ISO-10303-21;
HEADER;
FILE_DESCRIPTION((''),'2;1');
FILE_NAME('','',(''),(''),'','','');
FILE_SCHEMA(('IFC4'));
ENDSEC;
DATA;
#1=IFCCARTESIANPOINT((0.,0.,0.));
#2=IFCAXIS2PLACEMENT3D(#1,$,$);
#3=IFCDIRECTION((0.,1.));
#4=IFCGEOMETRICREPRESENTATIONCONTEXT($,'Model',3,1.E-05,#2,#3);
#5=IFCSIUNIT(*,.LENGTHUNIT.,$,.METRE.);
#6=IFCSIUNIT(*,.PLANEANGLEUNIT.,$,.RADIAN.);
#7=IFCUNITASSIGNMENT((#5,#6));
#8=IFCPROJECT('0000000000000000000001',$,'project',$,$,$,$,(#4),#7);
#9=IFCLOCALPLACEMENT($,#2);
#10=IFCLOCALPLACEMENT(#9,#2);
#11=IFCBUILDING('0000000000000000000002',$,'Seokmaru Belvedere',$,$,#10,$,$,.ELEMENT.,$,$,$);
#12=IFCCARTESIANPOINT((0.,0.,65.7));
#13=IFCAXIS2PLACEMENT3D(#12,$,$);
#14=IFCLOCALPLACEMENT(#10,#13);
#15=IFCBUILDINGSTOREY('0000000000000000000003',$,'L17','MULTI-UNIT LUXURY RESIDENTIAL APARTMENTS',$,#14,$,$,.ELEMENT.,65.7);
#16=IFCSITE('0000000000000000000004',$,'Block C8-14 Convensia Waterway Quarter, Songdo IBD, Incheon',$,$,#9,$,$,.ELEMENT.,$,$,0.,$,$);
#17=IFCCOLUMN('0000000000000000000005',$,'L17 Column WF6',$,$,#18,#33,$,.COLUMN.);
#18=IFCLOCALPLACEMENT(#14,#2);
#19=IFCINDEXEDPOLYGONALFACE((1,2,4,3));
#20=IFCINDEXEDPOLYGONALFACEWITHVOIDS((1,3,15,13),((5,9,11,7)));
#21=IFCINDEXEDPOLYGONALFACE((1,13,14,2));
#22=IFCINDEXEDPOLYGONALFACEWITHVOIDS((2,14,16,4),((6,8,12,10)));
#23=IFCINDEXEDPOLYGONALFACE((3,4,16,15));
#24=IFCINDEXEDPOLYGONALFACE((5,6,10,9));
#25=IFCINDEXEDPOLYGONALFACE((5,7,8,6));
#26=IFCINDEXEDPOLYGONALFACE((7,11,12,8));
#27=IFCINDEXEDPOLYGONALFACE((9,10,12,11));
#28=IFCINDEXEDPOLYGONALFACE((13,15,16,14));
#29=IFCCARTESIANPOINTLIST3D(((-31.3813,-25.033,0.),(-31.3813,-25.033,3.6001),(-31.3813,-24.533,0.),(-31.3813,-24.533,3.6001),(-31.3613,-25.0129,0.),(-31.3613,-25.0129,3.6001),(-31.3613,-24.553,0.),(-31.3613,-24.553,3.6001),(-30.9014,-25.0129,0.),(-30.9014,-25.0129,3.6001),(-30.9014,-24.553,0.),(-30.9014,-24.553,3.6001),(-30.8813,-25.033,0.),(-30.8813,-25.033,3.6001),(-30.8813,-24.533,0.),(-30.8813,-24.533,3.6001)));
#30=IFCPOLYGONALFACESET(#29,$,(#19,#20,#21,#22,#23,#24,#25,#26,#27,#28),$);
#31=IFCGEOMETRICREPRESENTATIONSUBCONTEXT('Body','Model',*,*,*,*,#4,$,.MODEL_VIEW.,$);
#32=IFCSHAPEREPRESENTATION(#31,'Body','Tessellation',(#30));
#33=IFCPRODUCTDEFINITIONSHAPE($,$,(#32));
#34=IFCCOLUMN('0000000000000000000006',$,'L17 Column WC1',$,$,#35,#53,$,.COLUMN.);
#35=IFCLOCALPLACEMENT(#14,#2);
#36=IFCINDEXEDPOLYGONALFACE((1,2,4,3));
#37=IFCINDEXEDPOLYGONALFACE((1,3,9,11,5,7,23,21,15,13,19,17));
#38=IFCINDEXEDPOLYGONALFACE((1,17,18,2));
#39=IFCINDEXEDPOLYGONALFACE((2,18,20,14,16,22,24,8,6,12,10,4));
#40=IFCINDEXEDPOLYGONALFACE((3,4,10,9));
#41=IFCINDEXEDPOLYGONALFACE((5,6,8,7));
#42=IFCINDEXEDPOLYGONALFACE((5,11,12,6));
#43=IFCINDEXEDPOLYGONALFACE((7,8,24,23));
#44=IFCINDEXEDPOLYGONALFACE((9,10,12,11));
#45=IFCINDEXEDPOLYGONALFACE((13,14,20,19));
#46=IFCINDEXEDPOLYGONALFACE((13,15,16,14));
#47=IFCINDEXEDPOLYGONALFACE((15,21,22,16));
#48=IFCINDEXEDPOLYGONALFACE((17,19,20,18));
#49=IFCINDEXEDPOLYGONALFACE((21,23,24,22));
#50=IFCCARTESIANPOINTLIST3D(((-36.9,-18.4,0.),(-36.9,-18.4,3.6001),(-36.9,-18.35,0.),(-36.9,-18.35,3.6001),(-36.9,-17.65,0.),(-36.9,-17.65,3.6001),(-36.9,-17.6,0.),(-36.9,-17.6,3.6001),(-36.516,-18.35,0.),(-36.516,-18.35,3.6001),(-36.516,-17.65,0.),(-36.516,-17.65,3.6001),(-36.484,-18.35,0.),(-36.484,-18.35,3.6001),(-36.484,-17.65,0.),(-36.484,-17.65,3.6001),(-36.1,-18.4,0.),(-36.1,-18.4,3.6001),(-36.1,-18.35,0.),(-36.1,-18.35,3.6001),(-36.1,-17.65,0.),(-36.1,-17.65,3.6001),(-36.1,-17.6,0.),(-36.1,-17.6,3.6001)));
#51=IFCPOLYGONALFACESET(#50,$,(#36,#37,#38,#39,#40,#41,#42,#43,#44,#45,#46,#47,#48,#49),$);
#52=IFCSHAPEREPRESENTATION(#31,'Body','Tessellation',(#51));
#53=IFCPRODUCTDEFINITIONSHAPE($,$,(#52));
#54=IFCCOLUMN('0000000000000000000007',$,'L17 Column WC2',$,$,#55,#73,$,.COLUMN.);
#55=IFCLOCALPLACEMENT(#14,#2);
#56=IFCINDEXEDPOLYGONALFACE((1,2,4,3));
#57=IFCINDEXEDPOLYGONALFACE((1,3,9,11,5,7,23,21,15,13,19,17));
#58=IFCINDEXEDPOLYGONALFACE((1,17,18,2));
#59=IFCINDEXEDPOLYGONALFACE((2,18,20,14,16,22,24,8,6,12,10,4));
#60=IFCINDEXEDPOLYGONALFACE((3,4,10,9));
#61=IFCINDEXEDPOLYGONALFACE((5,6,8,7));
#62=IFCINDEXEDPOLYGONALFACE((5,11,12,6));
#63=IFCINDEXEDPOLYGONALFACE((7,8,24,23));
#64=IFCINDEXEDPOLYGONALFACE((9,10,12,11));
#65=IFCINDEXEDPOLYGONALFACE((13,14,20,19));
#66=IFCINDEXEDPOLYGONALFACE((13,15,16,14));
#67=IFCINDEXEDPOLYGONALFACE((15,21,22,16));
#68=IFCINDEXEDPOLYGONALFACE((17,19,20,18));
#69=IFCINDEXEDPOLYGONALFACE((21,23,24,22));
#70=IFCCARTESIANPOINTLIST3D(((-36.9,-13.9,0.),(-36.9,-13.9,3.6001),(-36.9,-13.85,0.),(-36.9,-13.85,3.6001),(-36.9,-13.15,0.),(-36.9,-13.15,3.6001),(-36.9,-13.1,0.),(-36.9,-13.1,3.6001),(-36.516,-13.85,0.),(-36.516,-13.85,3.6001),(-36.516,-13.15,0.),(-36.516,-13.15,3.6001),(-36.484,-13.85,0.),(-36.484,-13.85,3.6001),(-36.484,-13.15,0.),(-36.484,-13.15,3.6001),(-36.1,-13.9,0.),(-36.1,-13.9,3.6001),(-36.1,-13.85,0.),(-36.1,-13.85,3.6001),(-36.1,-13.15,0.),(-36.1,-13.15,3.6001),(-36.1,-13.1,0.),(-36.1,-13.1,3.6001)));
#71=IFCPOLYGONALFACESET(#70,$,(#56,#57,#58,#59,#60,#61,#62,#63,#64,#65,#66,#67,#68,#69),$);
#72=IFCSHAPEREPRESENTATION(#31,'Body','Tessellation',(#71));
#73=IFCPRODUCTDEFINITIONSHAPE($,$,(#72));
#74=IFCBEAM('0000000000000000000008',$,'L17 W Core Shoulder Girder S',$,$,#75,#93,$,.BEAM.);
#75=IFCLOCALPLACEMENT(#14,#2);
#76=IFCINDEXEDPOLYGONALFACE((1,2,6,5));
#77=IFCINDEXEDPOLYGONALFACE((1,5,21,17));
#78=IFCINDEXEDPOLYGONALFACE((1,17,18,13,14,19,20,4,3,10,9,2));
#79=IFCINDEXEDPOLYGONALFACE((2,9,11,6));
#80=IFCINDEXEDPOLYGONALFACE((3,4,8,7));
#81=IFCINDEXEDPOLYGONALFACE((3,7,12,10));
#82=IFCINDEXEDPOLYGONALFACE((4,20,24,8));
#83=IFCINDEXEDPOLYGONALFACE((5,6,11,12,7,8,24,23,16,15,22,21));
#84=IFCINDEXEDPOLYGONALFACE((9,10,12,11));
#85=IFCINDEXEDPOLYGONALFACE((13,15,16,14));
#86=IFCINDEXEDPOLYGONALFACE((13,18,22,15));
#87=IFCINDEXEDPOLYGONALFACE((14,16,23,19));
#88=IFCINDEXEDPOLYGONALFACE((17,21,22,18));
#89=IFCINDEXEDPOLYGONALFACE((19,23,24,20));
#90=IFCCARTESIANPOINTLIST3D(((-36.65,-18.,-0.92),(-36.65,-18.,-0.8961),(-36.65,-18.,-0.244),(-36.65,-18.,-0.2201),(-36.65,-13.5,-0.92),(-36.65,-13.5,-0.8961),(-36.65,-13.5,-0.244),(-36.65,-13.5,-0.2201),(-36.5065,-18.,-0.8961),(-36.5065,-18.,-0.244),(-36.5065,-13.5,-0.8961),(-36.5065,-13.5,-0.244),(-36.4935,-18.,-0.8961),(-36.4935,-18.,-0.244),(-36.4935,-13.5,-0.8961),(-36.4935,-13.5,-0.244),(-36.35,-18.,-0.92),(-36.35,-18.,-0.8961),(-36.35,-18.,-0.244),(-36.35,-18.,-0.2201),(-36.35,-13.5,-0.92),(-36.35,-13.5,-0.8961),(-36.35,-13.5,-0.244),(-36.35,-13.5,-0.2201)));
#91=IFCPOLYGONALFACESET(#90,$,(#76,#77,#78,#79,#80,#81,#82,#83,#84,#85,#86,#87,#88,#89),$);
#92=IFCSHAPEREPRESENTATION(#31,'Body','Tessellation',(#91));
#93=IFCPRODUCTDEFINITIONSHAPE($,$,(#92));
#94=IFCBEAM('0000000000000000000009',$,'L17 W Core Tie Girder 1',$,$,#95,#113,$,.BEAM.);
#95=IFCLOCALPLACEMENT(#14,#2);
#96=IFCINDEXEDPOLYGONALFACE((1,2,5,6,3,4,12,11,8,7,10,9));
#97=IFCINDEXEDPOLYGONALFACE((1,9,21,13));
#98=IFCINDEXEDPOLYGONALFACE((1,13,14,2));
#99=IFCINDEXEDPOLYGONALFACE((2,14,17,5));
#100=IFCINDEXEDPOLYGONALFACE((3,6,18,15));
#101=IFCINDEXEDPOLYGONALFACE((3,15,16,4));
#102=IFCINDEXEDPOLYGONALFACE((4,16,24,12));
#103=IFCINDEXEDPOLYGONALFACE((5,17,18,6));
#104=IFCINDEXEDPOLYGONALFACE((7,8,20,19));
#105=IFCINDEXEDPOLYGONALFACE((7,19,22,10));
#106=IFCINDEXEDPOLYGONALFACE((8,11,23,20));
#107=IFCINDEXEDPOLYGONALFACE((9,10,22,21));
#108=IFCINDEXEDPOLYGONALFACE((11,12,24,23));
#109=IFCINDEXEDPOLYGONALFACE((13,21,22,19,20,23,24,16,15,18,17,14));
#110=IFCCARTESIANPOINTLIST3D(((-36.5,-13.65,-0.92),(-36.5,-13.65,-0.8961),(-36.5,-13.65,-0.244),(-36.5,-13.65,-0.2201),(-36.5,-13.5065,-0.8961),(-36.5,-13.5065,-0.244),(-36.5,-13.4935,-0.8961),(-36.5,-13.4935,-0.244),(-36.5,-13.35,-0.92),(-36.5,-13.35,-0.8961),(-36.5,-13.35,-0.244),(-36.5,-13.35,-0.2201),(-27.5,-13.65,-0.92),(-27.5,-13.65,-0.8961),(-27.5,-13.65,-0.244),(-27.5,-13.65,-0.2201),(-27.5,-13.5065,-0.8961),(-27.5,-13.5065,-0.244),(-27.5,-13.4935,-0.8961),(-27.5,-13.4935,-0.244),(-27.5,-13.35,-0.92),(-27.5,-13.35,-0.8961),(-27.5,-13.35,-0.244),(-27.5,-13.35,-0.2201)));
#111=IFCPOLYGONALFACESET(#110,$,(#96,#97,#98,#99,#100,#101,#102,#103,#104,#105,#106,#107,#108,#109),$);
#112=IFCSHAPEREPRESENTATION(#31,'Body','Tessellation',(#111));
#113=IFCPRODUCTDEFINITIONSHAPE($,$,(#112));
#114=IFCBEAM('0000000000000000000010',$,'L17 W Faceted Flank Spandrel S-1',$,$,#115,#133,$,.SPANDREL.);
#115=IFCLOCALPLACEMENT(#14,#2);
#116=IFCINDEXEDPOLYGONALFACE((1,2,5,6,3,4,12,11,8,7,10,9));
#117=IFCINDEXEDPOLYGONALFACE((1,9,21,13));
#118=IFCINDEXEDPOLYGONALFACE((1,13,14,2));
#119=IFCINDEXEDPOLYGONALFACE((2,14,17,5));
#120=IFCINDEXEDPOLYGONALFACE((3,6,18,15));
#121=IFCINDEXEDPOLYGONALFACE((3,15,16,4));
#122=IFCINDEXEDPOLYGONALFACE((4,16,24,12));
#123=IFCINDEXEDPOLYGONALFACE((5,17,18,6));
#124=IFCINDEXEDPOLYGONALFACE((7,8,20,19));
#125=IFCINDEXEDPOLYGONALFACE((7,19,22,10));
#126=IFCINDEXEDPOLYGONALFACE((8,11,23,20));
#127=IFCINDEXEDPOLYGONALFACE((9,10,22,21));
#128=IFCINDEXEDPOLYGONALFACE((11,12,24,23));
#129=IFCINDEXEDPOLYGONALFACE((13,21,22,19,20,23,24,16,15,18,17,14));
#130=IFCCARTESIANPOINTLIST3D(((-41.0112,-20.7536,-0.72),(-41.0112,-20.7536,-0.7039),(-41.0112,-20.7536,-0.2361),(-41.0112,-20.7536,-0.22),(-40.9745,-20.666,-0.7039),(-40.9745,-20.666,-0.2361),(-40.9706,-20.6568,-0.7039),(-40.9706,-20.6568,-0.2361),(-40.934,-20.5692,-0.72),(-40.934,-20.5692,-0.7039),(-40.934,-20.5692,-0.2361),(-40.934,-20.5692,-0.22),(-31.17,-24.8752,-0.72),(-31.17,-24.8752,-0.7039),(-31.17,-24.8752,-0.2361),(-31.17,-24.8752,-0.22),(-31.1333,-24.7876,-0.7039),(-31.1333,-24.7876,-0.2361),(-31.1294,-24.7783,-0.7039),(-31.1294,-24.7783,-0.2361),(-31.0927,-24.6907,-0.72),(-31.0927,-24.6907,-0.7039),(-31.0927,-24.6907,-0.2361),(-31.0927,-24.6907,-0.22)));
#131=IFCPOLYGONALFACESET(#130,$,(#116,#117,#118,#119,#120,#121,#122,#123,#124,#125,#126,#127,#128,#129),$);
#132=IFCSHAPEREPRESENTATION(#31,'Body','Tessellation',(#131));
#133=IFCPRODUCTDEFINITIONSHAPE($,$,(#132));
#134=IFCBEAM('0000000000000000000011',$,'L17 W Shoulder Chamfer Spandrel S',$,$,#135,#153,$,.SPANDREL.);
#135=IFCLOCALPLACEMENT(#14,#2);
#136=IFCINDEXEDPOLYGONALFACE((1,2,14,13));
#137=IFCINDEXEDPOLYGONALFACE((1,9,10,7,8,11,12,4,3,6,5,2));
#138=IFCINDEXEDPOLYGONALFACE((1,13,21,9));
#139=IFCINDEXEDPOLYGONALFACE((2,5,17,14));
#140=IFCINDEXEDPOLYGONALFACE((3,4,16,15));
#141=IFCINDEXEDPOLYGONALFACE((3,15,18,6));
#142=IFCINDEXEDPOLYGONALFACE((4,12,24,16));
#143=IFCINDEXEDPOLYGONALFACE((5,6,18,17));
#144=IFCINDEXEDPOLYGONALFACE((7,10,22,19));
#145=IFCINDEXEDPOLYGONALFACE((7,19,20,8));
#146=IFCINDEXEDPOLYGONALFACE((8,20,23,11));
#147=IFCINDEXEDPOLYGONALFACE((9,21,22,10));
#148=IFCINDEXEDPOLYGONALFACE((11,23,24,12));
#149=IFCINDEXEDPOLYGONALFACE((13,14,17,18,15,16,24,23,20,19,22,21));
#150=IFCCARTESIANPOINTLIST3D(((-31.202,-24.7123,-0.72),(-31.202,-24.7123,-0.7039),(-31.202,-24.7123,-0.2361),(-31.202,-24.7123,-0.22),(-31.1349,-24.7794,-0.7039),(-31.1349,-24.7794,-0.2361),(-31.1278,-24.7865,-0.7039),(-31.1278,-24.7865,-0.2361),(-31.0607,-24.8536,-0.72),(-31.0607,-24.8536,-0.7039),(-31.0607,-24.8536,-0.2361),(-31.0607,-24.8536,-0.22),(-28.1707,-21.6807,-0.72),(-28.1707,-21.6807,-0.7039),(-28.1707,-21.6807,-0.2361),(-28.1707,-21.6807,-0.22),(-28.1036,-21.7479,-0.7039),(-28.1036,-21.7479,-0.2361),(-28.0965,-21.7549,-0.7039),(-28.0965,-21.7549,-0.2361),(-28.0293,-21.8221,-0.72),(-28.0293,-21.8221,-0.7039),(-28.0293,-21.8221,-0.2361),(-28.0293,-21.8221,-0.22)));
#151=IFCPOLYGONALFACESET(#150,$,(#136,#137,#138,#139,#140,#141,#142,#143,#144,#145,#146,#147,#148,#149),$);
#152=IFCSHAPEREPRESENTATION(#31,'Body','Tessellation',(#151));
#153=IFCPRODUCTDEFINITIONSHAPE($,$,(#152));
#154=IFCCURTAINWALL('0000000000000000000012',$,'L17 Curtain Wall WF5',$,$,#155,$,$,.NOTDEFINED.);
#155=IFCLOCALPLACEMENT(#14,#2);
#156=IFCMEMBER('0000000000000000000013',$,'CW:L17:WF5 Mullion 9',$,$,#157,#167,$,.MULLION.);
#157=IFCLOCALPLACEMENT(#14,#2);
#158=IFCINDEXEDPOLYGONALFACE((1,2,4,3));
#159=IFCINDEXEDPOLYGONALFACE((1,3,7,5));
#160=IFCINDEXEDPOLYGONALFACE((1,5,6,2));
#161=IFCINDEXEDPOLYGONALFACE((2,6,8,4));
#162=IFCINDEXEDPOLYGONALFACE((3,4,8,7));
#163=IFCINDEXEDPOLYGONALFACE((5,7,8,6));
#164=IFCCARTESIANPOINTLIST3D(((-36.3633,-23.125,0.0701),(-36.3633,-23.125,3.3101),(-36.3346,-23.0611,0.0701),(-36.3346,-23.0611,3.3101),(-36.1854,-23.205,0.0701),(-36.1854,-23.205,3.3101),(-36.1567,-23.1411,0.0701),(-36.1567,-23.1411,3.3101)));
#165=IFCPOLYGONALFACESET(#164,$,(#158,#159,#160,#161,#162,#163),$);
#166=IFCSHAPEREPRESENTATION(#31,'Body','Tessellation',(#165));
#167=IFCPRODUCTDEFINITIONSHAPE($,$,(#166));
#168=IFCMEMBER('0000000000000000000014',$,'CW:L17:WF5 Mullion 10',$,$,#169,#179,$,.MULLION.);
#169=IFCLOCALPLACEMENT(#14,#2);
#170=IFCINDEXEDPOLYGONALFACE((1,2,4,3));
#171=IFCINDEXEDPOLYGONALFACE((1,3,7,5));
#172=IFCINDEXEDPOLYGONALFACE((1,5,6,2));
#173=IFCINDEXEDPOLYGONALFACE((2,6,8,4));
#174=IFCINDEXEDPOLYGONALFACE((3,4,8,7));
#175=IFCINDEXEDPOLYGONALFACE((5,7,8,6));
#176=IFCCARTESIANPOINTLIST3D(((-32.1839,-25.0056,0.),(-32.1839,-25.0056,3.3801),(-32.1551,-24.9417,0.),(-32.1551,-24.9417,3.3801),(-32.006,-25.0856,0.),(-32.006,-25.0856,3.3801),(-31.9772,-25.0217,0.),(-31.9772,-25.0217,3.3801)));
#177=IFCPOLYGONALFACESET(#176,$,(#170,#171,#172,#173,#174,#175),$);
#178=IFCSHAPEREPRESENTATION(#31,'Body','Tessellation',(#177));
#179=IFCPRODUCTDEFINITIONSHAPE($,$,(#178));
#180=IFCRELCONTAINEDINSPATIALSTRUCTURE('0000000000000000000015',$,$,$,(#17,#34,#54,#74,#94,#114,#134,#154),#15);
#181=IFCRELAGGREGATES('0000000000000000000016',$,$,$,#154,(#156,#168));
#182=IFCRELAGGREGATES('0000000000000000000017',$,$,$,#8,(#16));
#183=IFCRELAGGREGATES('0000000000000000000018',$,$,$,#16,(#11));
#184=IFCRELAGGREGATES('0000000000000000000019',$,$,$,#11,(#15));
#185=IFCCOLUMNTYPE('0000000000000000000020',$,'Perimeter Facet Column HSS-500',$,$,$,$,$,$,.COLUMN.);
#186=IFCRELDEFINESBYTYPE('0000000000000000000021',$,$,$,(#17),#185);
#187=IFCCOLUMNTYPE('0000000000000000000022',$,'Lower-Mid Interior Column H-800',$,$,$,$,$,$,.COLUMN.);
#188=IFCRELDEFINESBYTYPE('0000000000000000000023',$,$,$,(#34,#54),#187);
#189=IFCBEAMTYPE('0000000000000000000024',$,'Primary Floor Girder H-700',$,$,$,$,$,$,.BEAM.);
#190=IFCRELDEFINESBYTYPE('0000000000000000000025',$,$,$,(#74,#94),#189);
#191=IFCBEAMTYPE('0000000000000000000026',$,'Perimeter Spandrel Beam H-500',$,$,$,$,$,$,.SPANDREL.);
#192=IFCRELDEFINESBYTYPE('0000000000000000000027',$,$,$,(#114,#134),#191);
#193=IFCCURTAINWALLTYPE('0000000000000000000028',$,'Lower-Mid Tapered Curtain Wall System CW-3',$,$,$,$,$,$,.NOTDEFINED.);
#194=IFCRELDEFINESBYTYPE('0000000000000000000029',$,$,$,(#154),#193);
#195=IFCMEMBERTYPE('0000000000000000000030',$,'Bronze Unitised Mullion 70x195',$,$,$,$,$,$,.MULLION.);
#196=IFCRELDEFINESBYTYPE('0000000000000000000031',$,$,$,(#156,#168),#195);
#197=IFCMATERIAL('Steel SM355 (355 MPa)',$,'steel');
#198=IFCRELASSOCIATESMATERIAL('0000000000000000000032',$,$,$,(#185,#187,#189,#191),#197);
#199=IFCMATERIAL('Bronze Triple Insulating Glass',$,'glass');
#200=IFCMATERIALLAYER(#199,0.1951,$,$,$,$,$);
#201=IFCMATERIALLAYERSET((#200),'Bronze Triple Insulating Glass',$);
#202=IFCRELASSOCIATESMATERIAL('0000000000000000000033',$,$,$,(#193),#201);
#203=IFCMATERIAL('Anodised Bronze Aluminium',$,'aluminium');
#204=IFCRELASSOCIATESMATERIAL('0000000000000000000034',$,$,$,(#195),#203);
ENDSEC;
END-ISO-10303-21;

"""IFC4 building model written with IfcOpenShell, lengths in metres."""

from ifc_helpers import new_model, si_unit, direction, frame, origin, origin_2d, place, context, subcontext, project, spatial, rectangle, hollow_rectangle, i_section, extrude, source, transform, mapped, material, layer, layer_set, material_profile, profile_set, type_object, type_shapes, element, aggregate, save


model = new_model("IFC4")

# Units and contexts
model_context = context("Model", 3, precision=1e-05, world=origin(), true_north=direction((0.0, 1.0)))
body_context = subcontext(model_context, "Body", "Model", "MODEL_VIEW")
ifc_project = project(units=[si_unit("LENGTHUNIT", "METRE"), si_unit("PLANEANGLEUNIT", "RADIAN")], contexts=[model_context])

# Site, building, storey
site_placement = place(None, origin())
site = spatial("IfcSite", under=ifc_project, at=site_placement, Name="Block C8-14 Convensia Waterway Quarter, Songdo IBD, Incheon", CompositionType="ELEMENT", RefElevation=0.0)
building_placement = place(site_placement, origin())
building = spatial("IfcBuilding", under=site, at=building_placement, Name="Seokmaru Belvedere", CompositionType="ELEMENT")
storey_placement = place(building_placement, frame((0.0, 0.0, 65.7)))
storey = spatial("IfcBuildingStorey", under=building, at=storey_placement, Name="L17", Description="MULTI-UNIT LUXURY RESIDENTIAL APARTMENTS", CompositionType="ELEMENT", Elevation=65.7)

# Columns
ifc_material_1 = material(Name="Steel SM355 (355 MPa)", Category="steel")
ifc_material_profile_1 = material_profile(ifc_material_1, hollow_rectangle(XDim=0.5, YDim=0.5, WallThickness=0.02, at=origin_2d()), Name="HSS-500x500x20")
ifc_profile_set_1 = profile_set([ifc_material_profile_1], Name="Steel SM355 (355 MPa)")
column_type_1 = type_object("IfcColumnType", Name="Perimeter Facet Column HSS-500", PredefinedType="COLUMN", material=ifc_profile_set_1)
shared_shape_1 = source(origin(), body_context, "Body", "SweptSolid", [
    extrude(hollow_rectangle(XDim=0.5, YDim=0.5, WallThickness=0.02, at=origin_2d()), origin(), (0.0, 0.0, 1.0), 3.6001),
])
type_shapes(column_type_1, [shared_shape_1])
column_placement = place(storey_placement, frame((-31.1313, -24.783, 0.0), z_axis=(0.0, 0.0, 1.0), x_axis=(1.0, 0.0, 0.0)))
element("IfcColumn", 1, at=column_placement, inside=storey, type_object=column_type_1, Name="L17 Column WF6", PredefinedType="COLUMN", context=body_context, shape_type="MappedRepresentation", body=[
    mapped(shared_shape_1, transform((0.0, 0.0, 0.0), scale=1.0)),
])
ifc_material_profile_2 = material_profile(ifc_material_1, i_section(OverallWidth=0.8, OverallDepth=0.8, WebThickness=0.032, FlangeThickness=0.05, at=origin_2d()), Name="H-800x800x32x50")
ifc_profile_set_2 = profile_set([ifc_material_profile_2], Name="Steel SM355 (355 MPa)")
column_type_2 = type_object("IfcColumnType", Name="Lower-Mid Interior Column H-800", PredefinedType="COLUMN", material=ifc_profile_set_2)
shared_shape_2 = source(origin(), body_context, "Body", "SweptSolid", [
    extrude(i_section(OverallWidth=0.8, OverallDepth=0.8, WebThickness=0.032, FlangeThickness=0.05, at=origin_2d()), origin(), (0.0, 0.0, 1.0), 3.6001),
])
type_shapes(column_type_2, [shared_shape_2])
for number, where, z_axis, x_axis, name in (
    (2, (-36.5, -18.0, 0.0), (0.0, 0.0, 1.0), (1.0, 0.0, 0.0), "L17 Column WC1"),
    (3, (-36.5, -13.5, 0.0), (0.0, 0.0, 1.0), (1.0, 0.0, 0.0), "L17 Column WC2"),
):
    element("IfcColumn", number, at=place(storey_placement, frame(where, z_axis=z_axis, x_axis=x_axis)), inside=storey, type_object=column_type_2, Name=name, PredefinedType="COLUMN", context=body_context, shape_type="MappedRepresentation", body=[
        mapped(shared_shape_2, transform((0.0, 0.0, 0.0), scale=1.0)),
    ])

# Beams
ifc_material_profile_3 = material_profile(ifc_material_1, i_section(OverallWidth=0.3, OverallDepth=0.7, WebThickness=0.0129, FlangeThickness=0.0239, at=origin_2d()), Name="H-700x300x13x24")
ifc_profile_set_3 = profile_set([ifc_material_profile_3], Name="Steel SM355 (355 MPa)")
beam_type_1 = type_object("IfcBeamType", Name="Primary Floor Girder H-700", PredefinedType="BEAM", material=ifc_profile_set_3)
shared_shape_3 = source(origin(), body_context, "Body", "SweptSolid", [
    extrude(i_section(OverallWidth=0.3, OverallDepth=0.7, WebThickness=0.0129, FlangeThickness=0.0239, at=origin_2d()), origin(), (0.0, 0.0, 1.0), 4.5),
])
beam_1_placement = place(storey_placement, frame((-36.5, -18.0, -0.5701), z_axis=(0.0, 1.0, 0.0), x_axis=(-1.0, 0.0, 0.0)))
element("IfcBeam", 4, at=beam_1_placement, inside=storey, type_object=beam_type_1, Name="L17 W Core Shoulder Girder S", PredefinedType="BEAM", context=body_context, shape_type="MappedRepresentation", body=[
    mapped(shared_shape_3, transform((0.0, 0.0, 0.0), scale=1.0)),
])
shared_shape_4 = source(origin(), body_context, "Body", "SweptSolid", [
    extrude(i_section(OverallWidth=0.3, OverallDepth=0.7, WebThickness=0.0129, FlangeThickness=0.0239, at=origin_2d()), origin(), (0.0, 0.0, 1.0), 9.0),
])
type_shapes(beam_type_1, [shared_shape_3, shared_shape_4])
beam_2_placement = place(storey_placement, frame((-36.5, -13.5, -0.5701), z_axis=(1.0, 0.0, 0.0), x_axis=(0.0, 1.0, 0.0)))
element("IfcBeam", 5, at=beam_2_placement, inside=storey, type_object=beam_type_1, Name="L17 W Core Tie Girder 1", PredefinedType="BEAM", context=body_context, shape_type="MappedRepresentation", body=[
    mapped(shared_shape_4, transform((0.0, 0.0, 0.0), scale=1.0)),
])
ifc_material_profile_4 = material_profile(ifc_material_1, i_section(OverallWidth=0.2, OverallDepth=0.5, WebThickness=0.01, FlangeThickness=0.0161, at=origin_2d()), Name="H-500x200x10x16")
ifc_profile_set_4 = profile_set([ifc_material_profile_4], Name="Steel SM355 (355 MPa)")
beam_type_2 = type_object("IfcBeamType", Name="Perimeter Spandrel Beam H-500", PredefinedType="SPANDREL", material=ifc_profile_set_4)
shared_shape_5 = source(origin(), body_context, "Body", "SweptSolid", [
    extrude(i_section(OverallWidth=0.2, OverallDepth=0.5, WebThickness=0.01, FlangeThickness=0.0161, at=origin_2d()), origin(), (0.0, 0.0, 1.0), 10.6694),
])
beam_3_placement = place(storey_placement, frame((-31.1313, -24.783, -0.47), z_axis=(-0.922375, 0.386295, 0.0), x_axis=(-0.386295, -0.922375, 0.0)))
element("IfcBeam", 6, at=beam_3_placement, inside=storey, type_object=beam_type_2, Name="L17 W Faceted Flank Spandrel S-1", PredefinedType="SPANDREL", context=body_context, shape_type="MappedRepresentation", body=[
    mapped(shared_shape_5, transform((0.0, 0.0, 0.0), scale=1.0)),
])
shared_shape_6 = source(origin(), body_context, "Body", "SweptSolid", [
    extrude(i_section(OverallWidth=0.2, OverallDepth=0.5, WebThickness=0.01, FlangeThickness=0.0161, at=origin_2d()), origin(), (0.0, 0.0, 1.0), 4.2871),
])
type_shapes(beam_type_2, [shared_shape_5, shared_shape_6])
beam_4_placement = place(storey_placement, frame((-31.1313, -24.783, -0.47), z_axis=(0.707078, 0.707135, 0.0), x_axis=(-0.707135, 0.707078, 0.0)))
element("IfcBeam", 7, at=beam_4_placement, inside=storey, type_object=beam_type_2, Name="L17 W Shoulder Chamfer Spandrel S", PredefinedType="SPANDREL", context=body_context, shape_type="MappedRepresentation", body=[
    mapped(shared_shape_6, transform((0.0, 0.0, 0.0), scale=1.0)),
])

# Curtain wall, members
ifc_material_2 = material(Name="Bronze Triple Insulating Glass", Category="glass")
ifc_layer_1 = layer(ifc_material_2, 0.1951)
ifc_layer_set_1 = layer_set([ifc_layer_1], Name="Bronze Triple Insulating Glass")
curtain_wall_type = type_object("IfcCurtainWallType", Name="Lower-Mid Tapered Curtain Wall System CW-3", PredefinedType="NOTDEFINED", material=ifc_layer_set_1)
curtain_wall_placement = place(storey_placement, origin())
curtain_wall = element("IfcCurtainWall", 8, at=curtain_wall_placement, inside=storey, type_object=curtain_wall_type, Name="L17 Curtain Wall WF5", PredefinedType="NOTDEFINED")
ifc_material_3 = material(Name="Anodised Bronze Aluminium", Category="aluminium")
ifc_material_profile_5 = material_profile(ifc_material_3, rectangle(XDim=0.0701, YDim=0.1951, at=origin_2d()), Name="CW-M-70x195")
ifc_profile_set_5 = profile_set([ifc_material_profile_5], Name="Anodised Bronze Aluminium")
member_type = type_object("IfcMemberType", Name="Bronze Unitised Mullion 70x195", PredefinedType="MULLION", material=ifc_profile_set_5)
shared_shape_7 = source(origin(), body_context, "Body", "SweptSolid", [
    extrude(rectangle(XDim=0.0701, YDim=0.1951, at=origin_2d()), origin(), (0.0, 0.0, 1.0), 3.24),
])
member_1_placement = place(storey_placement, frame((-36.26, -23.1331, 0.0701), z_axis=(0.0, 0.0, 1.0), x_axis=(0.410366, 0.911921, 0.0)))
member_1 = element("IfcMember", 9, at=member_1_placement, type_object=member_type, Name="CW:L17:WF5 Mullion 9", PredefinedType="MULLION", context=body_context, shape_type="MappedRepresentation", body=[
    mapped(shared_shape_7, transform((0.0, 0.0, 0.0), scale=1.0)),
])
shared_shape_8 = source(origin(), body_context, "Body", "SweptSolid", [
    extrude(rectangle(XDim=0.0701, YDim=0.1951, at=origin_2d()), origin(), (0.0, 0.0, 1.0), 3.3801),
])
type_shapes(member_type, [shared_shape_7, shared_shape_8])
member_2_placement = place(storey_placement, frame((-32.0806, -25.0137, 0.0), z_axis=(0.0, 0.0, 1.0), x_axis=(0.410366, 0.911921, 0.0)))
member_2 = element("IfcMember", 10, at=member_2_placement, type_object=member_type, Name="CW:L17:WF5 Mullion 10", PredefinedType="MULLION", context=body_context, shape_type="MappedRepresentation", body=[
    mapped(shared_shape_8, transform((0.0, 0.0, 0.0), scale=1.0)),
])
aggregate(curtain_wall, [member_1, member_2])

save(model, "model.ifc")
